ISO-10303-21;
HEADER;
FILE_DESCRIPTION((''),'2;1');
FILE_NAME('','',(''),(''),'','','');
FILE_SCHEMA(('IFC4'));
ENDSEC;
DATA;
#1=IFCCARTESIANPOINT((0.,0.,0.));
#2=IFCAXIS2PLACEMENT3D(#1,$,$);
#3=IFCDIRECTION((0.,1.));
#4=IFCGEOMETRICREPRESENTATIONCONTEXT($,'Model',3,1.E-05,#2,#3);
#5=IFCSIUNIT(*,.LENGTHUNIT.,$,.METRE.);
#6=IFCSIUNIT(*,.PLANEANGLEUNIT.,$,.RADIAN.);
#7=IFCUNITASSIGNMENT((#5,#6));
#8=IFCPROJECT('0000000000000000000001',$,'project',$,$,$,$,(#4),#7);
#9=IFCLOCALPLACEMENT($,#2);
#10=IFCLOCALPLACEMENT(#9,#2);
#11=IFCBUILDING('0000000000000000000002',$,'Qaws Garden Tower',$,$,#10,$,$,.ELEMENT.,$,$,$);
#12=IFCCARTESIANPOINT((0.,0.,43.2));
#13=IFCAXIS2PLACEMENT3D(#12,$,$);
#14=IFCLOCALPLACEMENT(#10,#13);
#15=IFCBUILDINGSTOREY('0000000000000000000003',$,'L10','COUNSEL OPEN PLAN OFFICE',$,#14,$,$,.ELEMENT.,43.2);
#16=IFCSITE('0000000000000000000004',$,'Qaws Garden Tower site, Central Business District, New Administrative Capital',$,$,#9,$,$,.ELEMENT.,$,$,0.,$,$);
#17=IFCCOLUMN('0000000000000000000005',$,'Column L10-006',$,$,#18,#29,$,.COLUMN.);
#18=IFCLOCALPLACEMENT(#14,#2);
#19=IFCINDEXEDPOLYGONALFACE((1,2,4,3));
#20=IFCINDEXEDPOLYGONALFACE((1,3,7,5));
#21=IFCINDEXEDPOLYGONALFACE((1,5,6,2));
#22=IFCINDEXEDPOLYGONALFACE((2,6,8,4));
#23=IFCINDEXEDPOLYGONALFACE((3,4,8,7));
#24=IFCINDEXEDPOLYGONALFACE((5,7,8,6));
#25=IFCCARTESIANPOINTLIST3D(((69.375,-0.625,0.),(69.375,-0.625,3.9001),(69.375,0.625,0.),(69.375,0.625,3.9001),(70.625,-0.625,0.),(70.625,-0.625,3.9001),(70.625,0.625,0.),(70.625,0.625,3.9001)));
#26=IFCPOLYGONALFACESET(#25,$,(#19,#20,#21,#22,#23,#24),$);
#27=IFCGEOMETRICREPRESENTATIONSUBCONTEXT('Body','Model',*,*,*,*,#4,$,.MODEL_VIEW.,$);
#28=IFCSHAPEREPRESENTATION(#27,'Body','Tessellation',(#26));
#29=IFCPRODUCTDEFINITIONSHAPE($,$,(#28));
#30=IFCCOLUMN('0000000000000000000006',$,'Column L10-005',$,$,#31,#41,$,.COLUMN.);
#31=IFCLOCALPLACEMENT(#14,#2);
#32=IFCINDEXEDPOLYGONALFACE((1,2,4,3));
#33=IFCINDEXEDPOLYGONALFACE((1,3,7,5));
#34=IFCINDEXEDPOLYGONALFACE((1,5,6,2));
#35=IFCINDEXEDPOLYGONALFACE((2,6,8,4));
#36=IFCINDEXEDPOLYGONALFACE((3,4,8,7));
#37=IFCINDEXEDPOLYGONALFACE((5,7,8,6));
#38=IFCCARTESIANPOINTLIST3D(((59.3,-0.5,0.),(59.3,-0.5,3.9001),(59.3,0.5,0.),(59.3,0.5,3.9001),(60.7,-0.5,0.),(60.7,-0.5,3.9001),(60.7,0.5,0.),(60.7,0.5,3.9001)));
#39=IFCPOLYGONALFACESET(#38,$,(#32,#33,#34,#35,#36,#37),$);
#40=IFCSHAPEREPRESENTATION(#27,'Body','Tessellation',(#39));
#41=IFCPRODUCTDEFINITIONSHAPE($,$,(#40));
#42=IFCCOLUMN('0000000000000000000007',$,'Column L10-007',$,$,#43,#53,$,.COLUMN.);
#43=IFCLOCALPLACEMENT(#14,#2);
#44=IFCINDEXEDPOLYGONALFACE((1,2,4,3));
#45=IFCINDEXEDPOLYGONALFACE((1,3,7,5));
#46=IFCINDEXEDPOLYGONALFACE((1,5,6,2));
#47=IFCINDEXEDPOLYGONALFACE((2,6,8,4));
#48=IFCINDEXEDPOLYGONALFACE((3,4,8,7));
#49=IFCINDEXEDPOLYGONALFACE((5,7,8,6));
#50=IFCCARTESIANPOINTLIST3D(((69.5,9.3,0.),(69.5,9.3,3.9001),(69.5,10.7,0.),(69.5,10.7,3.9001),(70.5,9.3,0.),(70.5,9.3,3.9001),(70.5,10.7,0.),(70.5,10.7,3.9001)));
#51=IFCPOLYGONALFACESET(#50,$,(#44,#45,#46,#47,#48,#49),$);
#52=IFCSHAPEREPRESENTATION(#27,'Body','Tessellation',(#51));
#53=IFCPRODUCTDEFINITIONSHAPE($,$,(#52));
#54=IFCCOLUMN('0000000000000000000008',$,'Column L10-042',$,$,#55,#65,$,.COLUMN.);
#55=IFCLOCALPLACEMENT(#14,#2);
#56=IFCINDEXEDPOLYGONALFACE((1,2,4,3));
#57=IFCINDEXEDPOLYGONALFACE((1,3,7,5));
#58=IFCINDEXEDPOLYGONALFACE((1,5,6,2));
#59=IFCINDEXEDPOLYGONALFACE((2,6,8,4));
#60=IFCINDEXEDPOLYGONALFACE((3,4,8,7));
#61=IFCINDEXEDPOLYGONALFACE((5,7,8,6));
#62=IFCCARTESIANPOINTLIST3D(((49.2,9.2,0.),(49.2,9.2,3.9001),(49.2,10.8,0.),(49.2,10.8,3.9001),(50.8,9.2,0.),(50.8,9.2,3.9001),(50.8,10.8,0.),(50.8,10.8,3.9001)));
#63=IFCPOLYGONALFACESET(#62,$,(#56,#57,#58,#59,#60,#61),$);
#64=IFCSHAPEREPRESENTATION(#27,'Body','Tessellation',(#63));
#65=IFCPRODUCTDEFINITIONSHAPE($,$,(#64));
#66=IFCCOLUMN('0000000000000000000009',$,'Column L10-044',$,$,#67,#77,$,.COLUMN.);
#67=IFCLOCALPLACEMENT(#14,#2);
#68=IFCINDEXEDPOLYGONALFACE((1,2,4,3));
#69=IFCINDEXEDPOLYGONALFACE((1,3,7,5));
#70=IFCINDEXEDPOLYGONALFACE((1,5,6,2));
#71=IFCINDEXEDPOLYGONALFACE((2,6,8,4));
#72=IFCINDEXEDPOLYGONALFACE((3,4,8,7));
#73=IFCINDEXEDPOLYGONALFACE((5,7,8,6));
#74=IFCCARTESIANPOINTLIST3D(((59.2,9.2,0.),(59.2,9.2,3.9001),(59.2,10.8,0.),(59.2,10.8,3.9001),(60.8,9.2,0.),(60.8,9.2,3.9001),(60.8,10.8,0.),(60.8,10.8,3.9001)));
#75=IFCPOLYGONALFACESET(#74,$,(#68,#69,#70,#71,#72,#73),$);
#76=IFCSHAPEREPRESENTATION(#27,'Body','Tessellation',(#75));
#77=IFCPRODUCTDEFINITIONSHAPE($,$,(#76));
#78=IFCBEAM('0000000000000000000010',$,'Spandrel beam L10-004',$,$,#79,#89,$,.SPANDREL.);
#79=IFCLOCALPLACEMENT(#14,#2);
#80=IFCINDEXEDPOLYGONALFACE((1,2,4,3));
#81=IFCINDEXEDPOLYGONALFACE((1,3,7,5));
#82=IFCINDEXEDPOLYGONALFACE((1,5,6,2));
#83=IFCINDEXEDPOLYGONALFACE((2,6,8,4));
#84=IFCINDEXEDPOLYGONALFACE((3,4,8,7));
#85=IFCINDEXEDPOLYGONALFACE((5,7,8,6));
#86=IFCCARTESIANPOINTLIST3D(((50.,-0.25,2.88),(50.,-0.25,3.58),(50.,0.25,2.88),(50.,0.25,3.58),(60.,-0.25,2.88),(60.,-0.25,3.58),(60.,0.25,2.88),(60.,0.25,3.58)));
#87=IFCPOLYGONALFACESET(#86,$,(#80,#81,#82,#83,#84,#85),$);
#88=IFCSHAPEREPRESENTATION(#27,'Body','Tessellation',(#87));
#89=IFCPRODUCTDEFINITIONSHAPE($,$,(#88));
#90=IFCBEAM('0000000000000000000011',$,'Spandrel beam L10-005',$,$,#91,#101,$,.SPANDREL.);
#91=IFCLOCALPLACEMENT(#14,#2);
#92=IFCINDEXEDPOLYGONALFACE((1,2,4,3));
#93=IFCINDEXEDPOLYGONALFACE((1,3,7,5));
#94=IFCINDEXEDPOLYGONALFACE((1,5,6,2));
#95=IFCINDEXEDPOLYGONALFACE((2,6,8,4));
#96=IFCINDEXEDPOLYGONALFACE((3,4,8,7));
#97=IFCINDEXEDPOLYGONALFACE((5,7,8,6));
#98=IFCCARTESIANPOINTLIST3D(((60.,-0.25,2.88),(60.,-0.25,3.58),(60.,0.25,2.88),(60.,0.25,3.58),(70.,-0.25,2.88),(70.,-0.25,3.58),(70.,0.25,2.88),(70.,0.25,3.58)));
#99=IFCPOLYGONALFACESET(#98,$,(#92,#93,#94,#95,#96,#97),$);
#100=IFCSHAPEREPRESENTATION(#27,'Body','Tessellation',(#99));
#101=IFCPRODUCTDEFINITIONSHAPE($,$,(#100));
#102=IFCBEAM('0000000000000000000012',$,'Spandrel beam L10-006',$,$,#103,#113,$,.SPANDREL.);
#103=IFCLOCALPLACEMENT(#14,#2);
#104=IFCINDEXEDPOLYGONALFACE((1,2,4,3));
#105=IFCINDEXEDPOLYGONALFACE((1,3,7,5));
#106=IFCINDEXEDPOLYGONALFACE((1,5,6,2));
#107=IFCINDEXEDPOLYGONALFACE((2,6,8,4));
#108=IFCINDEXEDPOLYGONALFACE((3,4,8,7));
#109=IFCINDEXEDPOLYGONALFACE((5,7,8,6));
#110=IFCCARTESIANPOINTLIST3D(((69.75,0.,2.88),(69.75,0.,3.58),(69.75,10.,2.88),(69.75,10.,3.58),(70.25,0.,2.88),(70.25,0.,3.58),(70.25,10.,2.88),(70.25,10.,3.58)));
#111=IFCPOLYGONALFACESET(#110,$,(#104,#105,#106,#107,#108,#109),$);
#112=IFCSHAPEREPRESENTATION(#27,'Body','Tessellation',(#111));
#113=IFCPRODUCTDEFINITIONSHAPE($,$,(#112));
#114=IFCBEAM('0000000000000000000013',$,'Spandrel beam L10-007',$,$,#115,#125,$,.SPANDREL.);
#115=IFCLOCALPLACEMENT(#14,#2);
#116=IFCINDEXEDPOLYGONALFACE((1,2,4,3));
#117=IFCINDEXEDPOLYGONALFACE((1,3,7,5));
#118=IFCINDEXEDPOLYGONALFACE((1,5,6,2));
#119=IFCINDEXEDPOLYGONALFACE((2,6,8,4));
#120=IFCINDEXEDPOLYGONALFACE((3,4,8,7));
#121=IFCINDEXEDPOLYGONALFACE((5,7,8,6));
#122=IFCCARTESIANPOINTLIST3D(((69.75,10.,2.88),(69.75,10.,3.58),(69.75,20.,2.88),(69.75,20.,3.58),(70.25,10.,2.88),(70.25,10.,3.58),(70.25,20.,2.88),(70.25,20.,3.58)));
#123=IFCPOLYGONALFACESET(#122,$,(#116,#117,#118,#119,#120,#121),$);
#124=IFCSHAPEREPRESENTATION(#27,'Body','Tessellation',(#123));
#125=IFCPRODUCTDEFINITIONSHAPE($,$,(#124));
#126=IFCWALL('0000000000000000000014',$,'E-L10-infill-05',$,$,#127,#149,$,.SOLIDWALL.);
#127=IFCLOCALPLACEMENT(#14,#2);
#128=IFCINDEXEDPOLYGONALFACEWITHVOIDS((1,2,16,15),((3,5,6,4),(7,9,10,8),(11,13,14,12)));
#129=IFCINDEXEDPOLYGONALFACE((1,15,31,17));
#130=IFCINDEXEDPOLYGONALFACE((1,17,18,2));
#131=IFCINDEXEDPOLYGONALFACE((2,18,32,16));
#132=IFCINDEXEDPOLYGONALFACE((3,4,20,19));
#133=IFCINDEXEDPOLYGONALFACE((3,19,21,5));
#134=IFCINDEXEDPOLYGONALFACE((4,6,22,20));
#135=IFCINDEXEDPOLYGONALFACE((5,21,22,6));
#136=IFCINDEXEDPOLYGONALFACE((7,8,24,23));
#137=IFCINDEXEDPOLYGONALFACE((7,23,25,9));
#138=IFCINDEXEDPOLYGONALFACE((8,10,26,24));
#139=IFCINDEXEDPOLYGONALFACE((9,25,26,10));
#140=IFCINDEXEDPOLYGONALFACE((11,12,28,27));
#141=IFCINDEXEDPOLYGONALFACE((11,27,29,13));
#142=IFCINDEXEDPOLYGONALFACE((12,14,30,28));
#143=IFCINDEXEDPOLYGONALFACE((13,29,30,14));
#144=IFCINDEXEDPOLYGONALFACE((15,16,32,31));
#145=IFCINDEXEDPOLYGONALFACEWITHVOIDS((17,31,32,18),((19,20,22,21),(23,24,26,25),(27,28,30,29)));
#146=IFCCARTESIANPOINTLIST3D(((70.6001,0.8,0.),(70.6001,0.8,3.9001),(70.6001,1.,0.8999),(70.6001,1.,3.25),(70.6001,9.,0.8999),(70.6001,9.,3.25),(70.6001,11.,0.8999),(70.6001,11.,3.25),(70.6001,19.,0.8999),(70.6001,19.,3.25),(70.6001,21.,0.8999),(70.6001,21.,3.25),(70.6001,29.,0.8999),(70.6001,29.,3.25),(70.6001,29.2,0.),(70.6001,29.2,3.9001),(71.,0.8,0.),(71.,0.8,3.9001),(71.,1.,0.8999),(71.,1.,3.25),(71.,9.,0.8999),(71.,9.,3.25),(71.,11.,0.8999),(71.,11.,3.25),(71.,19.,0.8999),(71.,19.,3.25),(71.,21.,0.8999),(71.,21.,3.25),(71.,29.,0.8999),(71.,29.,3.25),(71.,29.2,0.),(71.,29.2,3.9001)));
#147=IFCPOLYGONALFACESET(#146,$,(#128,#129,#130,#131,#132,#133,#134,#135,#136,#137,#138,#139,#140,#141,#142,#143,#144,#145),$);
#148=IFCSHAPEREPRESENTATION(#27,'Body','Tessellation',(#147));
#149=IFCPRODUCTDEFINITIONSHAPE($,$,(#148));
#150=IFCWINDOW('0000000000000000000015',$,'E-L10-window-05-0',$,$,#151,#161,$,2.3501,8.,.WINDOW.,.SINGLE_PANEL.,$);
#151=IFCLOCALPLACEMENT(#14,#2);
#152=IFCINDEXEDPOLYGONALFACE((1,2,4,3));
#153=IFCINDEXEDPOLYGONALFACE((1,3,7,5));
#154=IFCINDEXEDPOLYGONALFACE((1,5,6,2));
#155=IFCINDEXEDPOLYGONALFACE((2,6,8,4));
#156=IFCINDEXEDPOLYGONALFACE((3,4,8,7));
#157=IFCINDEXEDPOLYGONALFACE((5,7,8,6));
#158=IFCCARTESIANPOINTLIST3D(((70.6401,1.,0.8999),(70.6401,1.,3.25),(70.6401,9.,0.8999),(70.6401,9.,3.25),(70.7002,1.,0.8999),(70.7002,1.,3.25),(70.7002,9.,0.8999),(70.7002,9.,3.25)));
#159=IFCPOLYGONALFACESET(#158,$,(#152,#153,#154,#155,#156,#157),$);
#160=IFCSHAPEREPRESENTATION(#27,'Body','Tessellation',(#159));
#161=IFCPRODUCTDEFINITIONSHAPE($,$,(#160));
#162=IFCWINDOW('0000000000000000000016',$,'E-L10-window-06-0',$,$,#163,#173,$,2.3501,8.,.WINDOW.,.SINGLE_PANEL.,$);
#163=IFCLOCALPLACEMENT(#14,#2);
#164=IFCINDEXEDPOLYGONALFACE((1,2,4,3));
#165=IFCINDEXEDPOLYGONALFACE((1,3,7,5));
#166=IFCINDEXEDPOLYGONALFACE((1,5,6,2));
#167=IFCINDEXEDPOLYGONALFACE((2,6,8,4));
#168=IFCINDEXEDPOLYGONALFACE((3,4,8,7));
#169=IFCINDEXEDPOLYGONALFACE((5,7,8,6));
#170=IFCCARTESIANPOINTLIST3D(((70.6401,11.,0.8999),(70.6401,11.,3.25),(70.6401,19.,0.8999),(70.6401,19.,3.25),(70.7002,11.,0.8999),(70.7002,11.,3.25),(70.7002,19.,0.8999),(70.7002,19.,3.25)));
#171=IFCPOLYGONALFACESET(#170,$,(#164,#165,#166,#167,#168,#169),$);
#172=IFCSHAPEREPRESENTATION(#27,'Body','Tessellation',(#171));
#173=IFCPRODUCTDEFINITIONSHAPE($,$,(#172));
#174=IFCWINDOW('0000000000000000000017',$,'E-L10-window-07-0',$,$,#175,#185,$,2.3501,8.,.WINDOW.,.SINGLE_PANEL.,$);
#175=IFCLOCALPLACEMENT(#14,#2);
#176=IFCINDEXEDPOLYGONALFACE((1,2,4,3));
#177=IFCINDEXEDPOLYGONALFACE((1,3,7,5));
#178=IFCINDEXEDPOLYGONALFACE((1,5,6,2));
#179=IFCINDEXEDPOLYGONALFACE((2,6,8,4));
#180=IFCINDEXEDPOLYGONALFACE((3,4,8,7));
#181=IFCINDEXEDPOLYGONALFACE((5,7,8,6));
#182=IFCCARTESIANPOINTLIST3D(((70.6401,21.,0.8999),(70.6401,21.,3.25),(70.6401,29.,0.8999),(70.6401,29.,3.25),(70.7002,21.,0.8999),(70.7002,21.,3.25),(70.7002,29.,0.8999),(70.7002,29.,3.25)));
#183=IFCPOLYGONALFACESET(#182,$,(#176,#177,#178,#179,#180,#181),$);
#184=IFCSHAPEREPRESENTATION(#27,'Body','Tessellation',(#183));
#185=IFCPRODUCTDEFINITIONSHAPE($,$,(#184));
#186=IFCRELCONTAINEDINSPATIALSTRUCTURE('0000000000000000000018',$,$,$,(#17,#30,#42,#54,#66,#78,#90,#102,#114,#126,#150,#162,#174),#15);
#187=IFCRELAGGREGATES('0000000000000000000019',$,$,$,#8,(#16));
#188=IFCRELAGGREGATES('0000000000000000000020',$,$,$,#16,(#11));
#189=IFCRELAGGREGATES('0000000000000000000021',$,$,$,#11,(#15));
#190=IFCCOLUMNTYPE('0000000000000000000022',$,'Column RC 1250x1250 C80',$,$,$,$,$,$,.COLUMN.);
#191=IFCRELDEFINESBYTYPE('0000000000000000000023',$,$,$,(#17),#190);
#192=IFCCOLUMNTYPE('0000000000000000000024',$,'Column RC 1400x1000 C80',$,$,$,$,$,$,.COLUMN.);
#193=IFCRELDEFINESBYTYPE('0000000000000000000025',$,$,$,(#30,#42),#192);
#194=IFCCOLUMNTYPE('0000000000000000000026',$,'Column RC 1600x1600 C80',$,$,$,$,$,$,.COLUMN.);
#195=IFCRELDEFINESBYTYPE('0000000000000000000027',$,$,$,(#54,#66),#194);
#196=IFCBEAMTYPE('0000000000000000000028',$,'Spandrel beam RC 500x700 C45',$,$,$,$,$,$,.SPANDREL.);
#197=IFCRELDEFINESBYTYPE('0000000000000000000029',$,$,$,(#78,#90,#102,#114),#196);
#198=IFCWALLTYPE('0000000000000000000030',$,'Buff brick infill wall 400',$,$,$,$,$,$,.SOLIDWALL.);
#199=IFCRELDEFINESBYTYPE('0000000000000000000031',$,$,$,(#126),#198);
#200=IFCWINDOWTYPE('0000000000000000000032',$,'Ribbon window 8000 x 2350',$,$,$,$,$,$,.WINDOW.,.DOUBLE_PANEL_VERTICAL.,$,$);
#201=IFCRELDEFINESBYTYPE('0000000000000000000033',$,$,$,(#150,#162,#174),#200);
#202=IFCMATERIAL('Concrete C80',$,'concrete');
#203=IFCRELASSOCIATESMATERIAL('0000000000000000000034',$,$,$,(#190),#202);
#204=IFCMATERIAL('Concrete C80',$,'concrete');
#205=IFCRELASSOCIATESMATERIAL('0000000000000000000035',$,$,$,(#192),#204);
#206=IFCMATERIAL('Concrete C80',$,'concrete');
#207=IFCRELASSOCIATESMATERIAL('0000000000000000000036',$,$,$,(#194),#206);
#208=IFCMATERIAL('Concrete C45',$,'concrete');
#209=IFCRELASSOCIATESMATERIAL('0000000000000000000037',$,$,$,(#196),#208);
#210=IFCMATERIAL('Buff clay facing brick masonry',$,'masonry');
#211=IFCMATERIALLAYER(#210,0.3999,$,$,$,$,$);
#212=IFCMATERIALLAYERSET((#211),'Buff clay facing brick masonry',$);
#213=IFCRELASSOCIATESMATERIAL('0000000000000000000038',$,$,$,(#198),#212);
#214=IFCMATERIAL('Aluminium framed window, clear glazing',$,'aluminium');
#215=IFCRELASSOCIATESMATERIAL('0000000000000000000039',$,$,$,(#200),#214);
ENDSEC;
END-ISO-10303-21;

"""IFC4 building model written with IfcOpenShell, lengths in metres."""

from ifc_helpers import new_model, si_unit, direction, frame, frame_2d, origin, origin_2d, place, context, subcontext, project, spatial, rectangle, extrude, material, layer, layer_set, material_profile, profile_set, type_object, element, fill, save


model = new_model("IFC4")

# Units and contexts
model_context = context("Model", 3, precision=1e-05, world=origin(), true_north=direction((0.0, 1.0)))
body_context = subcontext(model_context, "Body", "Model", "MODEL_VIEW")
ifc_project = project(units=[si_unit("LENGTHUNIT", "METRE"), si_unit("PLANEANGLEUNIT", "RADIAN")], contexts=[model_context])

# Site, building, storey
site_placement = place(None, origin())
site = spatial("IfcSite", under=ifc_project, at=site_placement, Name="Qaws Garden Tower site, Central Business District, New Administrative Capital", CompositionType="ELEMENT", RefElevation=0.0)
building_placement = place(site_placement, origin())
building = spatial("IfcBuilding", under=site, at=building_placement, Name="Qaws Garden Tower", CompositionType="ELEMENT")
storey_placement = place(building_placement, frame((0.0, 0.0, 43.2)))
storey = spatial("IfcBuildingStorey", under=building, at=storey_placement, Name="L10", Description="COUNSEL OPEN PLAN OFFICE", CompositionType="ELEMENT", Elevation=43.2)

# Columns
ifc_material_1 = material(Name="Concrete C80", Category="concrete")
ifc_material_profile_1 = material_profile(ifc_material_1, rectangle(XDim=1.25, YDim=1.25, at=origin_2d()), Name="RC 1250x1250")
ifc_profile_set_1 = profile_set([ifc_material_profile_1], Name="Concrete C80")
column_type_1 = type_object("IfcColumnType", Name="Column RC 1250x1250 C80", PredefinedType="COLUMN", material=ifc_profile_set_1)
column_placement = place(storey_placement, frame((70.0, 0.0, 0.0), z_axis=(0.0, 0.0, 1.0), x_axis=(1.0, 0.0, 0.0)))
element("IfcColumn", 1, at=column_placement, inside=storey, type_object=column_type_1, Name="Column L10-006", PredefinedType="COLUMN", context=body_context, shape_type="SweptSolid", body=[
    extrude(rectangle(XDim=1.25, YDim=1.25, at=origin_2d()), origin(), (0.0, 0.0, 1.0), 3.9001),
])
ifc_material_2 = material(Name="Concrete C80", Category="concrete")
ifc_material_profile_2 = material_profile(ifc_material_2, rectangle(XDim=1.3999, YDim=1.0, at=origin_2d()), Name="RC 1400x1000")
ifc_profile_set_2 = profile_set([ifc_material_profile_2], Name="Concrete C80")
column_type_2 = type_object("IfcColumnType", Name="Column RC 1400x1000 C80", PredefinedType="COLUMN", material=ifc_profile_set_2)
for number, where, z_axis, x_axis, name in (
    (2, (60.0, 0.0, 0.0), (0.0, 0.0, 1.0), (1.0, 0.0, 0.0), "Column L10-005"),
    (3, (70.0, 10.0, 0.0), (0.0, 0.0, 1.0), (0.0, 1.0, 0.0), "Column L10-007"),
):
    element("IfcColumn", number, at=place(storey_placement, frame(where, z_axis=z_axis, x_axis=x_axis)), inside=storey, type_object=column_type_2, Name=name, PredefinedType="COLUMN", context=body_context, shape_type="SweptSolid", body=[
        extrude(rectangle(XDim=1.3999, YDim=1.0, at=origin_2d()), origin(), (0.0, 0.0, 1.0), 3.9001),
    ])
ifc_material_3 = material(Name="Concrete C80", Category="concrete")
ifc_material_profile_3 = material_profile(ifc_material_3, rectangle(XDim=1.6001, YDim=1.6001, at=origin_2d()), Name="RC 1600x1600")
ifc_profile_set_3 = profile_set([ifc_material_profile_3], Name="Concrete C80")
column_type_3 = type_object("IfcColumnType", Name="Column RC 1600x1600 C80", PredefinedType="COLUMN", material=ifc_profile_set_3)
for number, where, z_axis, x_axis, name in (
    (4, (50.0, 10.0, 0.0), (0.0, 0.0, 1.0), (1.0, 0.0, 0.0), "Column L10-042"),
    (5, (60.0, 10.0, 0.0), (0.0, 0.0, 1.0), (1.0, 0.0, 0.0), "Column L10-044"),
):
    element("IfcColumn", number, at=place(storey_placement, frame(where, z_axis=z_axis, x_axis=x_axis)), inside=storey, type_object=column_type_3, Name=name, PredefinedType="COLUMN", context=body_context, shape_type="SweptSolid", body=[
        extrude(rectangle(XDim=1.6001, YDim=1.6001, at=origin_2d()), origin(), (0.0, 0.0, 1.0), 3.9001),
    ])

# Beams
ifc_material_4 = material(Name="Concrete C45", Category="concrete")
ifc_material_profile_4 = material_profile(ifc_material_4, rectangle(XDim=0.5, YDim=0.7, at=origin_2d()), Name="RC 500x700")
ifc_profile_set_4 = profile_set([ifc_material_profile_4], Name="Concrete C45")
beam_type = type_object("IfcBeamType", Name="Spandrel beam RC 500x700 C45", PredefinedType="SPANDREL", material=ifc_profile_set_4)
for number, where, z_axis, x_axis, name in (
    (6, (50.0, 0.0, 3.23), (1.0, 0.0, 0.0), (0.0, 1.0, 0.0), "Spandrel beam L10-004"),
    (7, (60.0, 0.0, 3.23), (1.0, 0.0, 0.0), (0.0, 1.0, 0.0), "Spandrel beam L10-005"),
    (8, (70.0, 0.0, 3.23), (0.0, 1.0, 0.0), (-1.0, 0.0, 0.0), "Spandrel beam L10-006"),
    (9, (70.0, 10.0, 3.23), (0.0, 1.0, 0.0), (-1.0, 0.0, 0.0), "Spandrel beam L10-007"),
):
    element("IfcBeam", number, at=place(storey_placement, frame(where, z_axis=z_axis, x_axis=x_axis)), inside=storey, type_object=beam_type, Name=name, PredefinedType="SPANDREL", context=body_context, shape_type="SweptSolid", body=[
        extrude(rectangle(XDim=0.5, YDim=0.7, at=origin_2d()), origin(), (0.0, 0.0, 1.0), 10.0),
    ])

# Wall, openings, windows
ifc_material_5 = material(Name="Buff clay facing brick masonry", Category="masonry")
ifc_layer_1 = layer(ifc_material_5, 0.3999)
ifc_layer_set_1 = layer_set([ifc_layer_1], Name="Buff clay facing brick masonry")
wall_type_1 = type_object("IfcWallType", Name="Buff brick infill wall 400", PredefinedType="SOLIDWALL", material=ifc_layer_set_1)
wall_1_placement = place(storey_placement, frame((70.8, 0.8, 0.0), z_axis=(0.0, 0.0, 1.0), x_axis=(0.0, 1.0, 0.0)))
wall_1 = element("IfcWall", 10, at=wall_1_placement, inside=storey, type_object=wall_type_1, Name="E-L10-infill-05", PredefinedType="SOLIDWALL", context=body_context, shape_type="SweptSolid", body=[
    extrude(rectangle(XDim=28.3999, YDim=0.3999, at=frame_2d((14.2, 0.0))), origin(), (0.0, 0.0, 1.0), 3.9001),
])
opening_1_placement = place(wall_1_placement, frame((0.2, 0.0, 0.8999)))
opening_1 = element("IfcOpeningElement", 11, at=opening_1_placement, cuts=wall_1, PredefinedType="OPENING", context=body_context, shape_type="SweptSolid", body=[
    extrude(rectangle(XDim=8.0, YDim=2.3501, at=frame_2d((4.0, 1.175))), frame((0.0, 0.21, 0.0), z_axis=(0.0, -1.0, 0.0), x_axis=(1.0, 0.0, 0.0)), (0.0, 0.0, 1.0), 0.4199),
])
opening_2_placement = place(wall_1_placement, frame((10.2, 0.0, 0.8999)))
opening_2 = element("IfcOpeningElement", 12, at=opening_2_placement, cuts=wall_1, PredefinedType="OPENING", context=body_context, shape_type="SweptSolid", body=[
    extrude(rectangle(XDim=8.0, YDim=2.3501, at=frame_2d((4.0, 1.175))), frame((0.0, 0.21, 0.0), z_axis=(0.0, -1.0, 0.0), x_axis=(1.0, 0.0, 0.0)), (0.0, 0.0, 1.0), 0.4199),
])
opening_3_placement = place(wall_1_placement, frame((20.2, 0.0, 0.8999)))
opening_3 = element("IfcOpeningElement", 13, at=opening_3_placement, cuts=wall_1, PredefinedType="OPENING", context=body_context, shape_type="SweptSolid", body=[
    extrude(rectangle(XDim=8.0, YDim=2.3501, at=frame_2d((4.0, 1.175))), frame((0.0, 0.21, 0.0), z_axis=(0.0, -1.0, 0.0), x_axis=(1.0, 0.0, 0.0)), (0.0, 0.0, 1.0), 0.4199),
])
ifc_material_6 = material(Name="Aluminium framed window, clear glazing", Category="aluminium")
window_type = type_object("IfcWindowType", Name="Ribbon window 8000 x 2350", PartitioningType="DOUBLE_PANEL_VERTICAL", PredefinedType="WINDOW", material=ifc_material_6)
window_1_placement = place(opening_1_placement, origin())
window_1 = element("IfcWindow", 14, at=window_1_placement, inside=storey, type_object=window_type, Name="E-L10-window-05-0", OverallHeight=2.3501, OverallWidth=8.0, PartitioningType="SINGLE_PANEL", PredefinedType="WINDOW", context=body_context, shape_type="SweptSolid", body=[
    extrude(rectangle(XDim=8.0, YDim=2.3501, at=frame_2d((4.0, 1.175))), frame((0.0, 0.1599, 0.0), z_axis=(0.0, -1.0, 0.0), x_axis=(1.0, 0.0, 0.0)), (0.0, 0.0, 1.0), 0.0601),
])
fill(opening_1, window_1)
window_2_placement = place(opening_2_placement, origin())
window_2 = element("IfcWindow", 15, at=window_2_placement, inside=storey, type_object=window_type, Name="E-L10-window-06-0", OverallHeight=2.3501, OverallWidth=8.0, PartitioningType="SINGLE_PANEL", PredefinedType="WINDOW", context=body_context, shape_type="SweptSolid", body=[
    extrude(rectangle(XDim=8.0, YDim=2.3501, at=frame_2d((4.0, 1.175))), frame((0.0, 0.1599, 0.0), z_axis=(0.0, -1.0, 0.0), x_axis=(1.0, 0.0, 0.0)), (0.0, 0.0, 1.0), 0.0601),
])
fill(opening_2, window_2)
window_3_placement = place(opening_3_placement, origin())
window_3 = element("IfcWindow", 16, at=window_3_placement, inside=storey, type_object=window_type, Name="E-L10-window-07-0", OverallHeight=2.3501, OverallWidth=8.0, PartitioningType="SINGLE_PANEL", PredefinedType="WINDOW", context=body_context, shape_type="SweptSolid", body=[
    extrude(rectangle(XDim=8.0, YDim=2.3501, at=frame_2d((4.0, 1.175))), frame((0.0, 0.1599, 0.0), z_axis=(0.0, -1.0, 0.0), x_axis=(1.0, 0.0, 0.0)), (0.0, 0.0, 1.0), 0.0601),
])
fill(opening_3, window_3)

save(model, "model.ifc")
